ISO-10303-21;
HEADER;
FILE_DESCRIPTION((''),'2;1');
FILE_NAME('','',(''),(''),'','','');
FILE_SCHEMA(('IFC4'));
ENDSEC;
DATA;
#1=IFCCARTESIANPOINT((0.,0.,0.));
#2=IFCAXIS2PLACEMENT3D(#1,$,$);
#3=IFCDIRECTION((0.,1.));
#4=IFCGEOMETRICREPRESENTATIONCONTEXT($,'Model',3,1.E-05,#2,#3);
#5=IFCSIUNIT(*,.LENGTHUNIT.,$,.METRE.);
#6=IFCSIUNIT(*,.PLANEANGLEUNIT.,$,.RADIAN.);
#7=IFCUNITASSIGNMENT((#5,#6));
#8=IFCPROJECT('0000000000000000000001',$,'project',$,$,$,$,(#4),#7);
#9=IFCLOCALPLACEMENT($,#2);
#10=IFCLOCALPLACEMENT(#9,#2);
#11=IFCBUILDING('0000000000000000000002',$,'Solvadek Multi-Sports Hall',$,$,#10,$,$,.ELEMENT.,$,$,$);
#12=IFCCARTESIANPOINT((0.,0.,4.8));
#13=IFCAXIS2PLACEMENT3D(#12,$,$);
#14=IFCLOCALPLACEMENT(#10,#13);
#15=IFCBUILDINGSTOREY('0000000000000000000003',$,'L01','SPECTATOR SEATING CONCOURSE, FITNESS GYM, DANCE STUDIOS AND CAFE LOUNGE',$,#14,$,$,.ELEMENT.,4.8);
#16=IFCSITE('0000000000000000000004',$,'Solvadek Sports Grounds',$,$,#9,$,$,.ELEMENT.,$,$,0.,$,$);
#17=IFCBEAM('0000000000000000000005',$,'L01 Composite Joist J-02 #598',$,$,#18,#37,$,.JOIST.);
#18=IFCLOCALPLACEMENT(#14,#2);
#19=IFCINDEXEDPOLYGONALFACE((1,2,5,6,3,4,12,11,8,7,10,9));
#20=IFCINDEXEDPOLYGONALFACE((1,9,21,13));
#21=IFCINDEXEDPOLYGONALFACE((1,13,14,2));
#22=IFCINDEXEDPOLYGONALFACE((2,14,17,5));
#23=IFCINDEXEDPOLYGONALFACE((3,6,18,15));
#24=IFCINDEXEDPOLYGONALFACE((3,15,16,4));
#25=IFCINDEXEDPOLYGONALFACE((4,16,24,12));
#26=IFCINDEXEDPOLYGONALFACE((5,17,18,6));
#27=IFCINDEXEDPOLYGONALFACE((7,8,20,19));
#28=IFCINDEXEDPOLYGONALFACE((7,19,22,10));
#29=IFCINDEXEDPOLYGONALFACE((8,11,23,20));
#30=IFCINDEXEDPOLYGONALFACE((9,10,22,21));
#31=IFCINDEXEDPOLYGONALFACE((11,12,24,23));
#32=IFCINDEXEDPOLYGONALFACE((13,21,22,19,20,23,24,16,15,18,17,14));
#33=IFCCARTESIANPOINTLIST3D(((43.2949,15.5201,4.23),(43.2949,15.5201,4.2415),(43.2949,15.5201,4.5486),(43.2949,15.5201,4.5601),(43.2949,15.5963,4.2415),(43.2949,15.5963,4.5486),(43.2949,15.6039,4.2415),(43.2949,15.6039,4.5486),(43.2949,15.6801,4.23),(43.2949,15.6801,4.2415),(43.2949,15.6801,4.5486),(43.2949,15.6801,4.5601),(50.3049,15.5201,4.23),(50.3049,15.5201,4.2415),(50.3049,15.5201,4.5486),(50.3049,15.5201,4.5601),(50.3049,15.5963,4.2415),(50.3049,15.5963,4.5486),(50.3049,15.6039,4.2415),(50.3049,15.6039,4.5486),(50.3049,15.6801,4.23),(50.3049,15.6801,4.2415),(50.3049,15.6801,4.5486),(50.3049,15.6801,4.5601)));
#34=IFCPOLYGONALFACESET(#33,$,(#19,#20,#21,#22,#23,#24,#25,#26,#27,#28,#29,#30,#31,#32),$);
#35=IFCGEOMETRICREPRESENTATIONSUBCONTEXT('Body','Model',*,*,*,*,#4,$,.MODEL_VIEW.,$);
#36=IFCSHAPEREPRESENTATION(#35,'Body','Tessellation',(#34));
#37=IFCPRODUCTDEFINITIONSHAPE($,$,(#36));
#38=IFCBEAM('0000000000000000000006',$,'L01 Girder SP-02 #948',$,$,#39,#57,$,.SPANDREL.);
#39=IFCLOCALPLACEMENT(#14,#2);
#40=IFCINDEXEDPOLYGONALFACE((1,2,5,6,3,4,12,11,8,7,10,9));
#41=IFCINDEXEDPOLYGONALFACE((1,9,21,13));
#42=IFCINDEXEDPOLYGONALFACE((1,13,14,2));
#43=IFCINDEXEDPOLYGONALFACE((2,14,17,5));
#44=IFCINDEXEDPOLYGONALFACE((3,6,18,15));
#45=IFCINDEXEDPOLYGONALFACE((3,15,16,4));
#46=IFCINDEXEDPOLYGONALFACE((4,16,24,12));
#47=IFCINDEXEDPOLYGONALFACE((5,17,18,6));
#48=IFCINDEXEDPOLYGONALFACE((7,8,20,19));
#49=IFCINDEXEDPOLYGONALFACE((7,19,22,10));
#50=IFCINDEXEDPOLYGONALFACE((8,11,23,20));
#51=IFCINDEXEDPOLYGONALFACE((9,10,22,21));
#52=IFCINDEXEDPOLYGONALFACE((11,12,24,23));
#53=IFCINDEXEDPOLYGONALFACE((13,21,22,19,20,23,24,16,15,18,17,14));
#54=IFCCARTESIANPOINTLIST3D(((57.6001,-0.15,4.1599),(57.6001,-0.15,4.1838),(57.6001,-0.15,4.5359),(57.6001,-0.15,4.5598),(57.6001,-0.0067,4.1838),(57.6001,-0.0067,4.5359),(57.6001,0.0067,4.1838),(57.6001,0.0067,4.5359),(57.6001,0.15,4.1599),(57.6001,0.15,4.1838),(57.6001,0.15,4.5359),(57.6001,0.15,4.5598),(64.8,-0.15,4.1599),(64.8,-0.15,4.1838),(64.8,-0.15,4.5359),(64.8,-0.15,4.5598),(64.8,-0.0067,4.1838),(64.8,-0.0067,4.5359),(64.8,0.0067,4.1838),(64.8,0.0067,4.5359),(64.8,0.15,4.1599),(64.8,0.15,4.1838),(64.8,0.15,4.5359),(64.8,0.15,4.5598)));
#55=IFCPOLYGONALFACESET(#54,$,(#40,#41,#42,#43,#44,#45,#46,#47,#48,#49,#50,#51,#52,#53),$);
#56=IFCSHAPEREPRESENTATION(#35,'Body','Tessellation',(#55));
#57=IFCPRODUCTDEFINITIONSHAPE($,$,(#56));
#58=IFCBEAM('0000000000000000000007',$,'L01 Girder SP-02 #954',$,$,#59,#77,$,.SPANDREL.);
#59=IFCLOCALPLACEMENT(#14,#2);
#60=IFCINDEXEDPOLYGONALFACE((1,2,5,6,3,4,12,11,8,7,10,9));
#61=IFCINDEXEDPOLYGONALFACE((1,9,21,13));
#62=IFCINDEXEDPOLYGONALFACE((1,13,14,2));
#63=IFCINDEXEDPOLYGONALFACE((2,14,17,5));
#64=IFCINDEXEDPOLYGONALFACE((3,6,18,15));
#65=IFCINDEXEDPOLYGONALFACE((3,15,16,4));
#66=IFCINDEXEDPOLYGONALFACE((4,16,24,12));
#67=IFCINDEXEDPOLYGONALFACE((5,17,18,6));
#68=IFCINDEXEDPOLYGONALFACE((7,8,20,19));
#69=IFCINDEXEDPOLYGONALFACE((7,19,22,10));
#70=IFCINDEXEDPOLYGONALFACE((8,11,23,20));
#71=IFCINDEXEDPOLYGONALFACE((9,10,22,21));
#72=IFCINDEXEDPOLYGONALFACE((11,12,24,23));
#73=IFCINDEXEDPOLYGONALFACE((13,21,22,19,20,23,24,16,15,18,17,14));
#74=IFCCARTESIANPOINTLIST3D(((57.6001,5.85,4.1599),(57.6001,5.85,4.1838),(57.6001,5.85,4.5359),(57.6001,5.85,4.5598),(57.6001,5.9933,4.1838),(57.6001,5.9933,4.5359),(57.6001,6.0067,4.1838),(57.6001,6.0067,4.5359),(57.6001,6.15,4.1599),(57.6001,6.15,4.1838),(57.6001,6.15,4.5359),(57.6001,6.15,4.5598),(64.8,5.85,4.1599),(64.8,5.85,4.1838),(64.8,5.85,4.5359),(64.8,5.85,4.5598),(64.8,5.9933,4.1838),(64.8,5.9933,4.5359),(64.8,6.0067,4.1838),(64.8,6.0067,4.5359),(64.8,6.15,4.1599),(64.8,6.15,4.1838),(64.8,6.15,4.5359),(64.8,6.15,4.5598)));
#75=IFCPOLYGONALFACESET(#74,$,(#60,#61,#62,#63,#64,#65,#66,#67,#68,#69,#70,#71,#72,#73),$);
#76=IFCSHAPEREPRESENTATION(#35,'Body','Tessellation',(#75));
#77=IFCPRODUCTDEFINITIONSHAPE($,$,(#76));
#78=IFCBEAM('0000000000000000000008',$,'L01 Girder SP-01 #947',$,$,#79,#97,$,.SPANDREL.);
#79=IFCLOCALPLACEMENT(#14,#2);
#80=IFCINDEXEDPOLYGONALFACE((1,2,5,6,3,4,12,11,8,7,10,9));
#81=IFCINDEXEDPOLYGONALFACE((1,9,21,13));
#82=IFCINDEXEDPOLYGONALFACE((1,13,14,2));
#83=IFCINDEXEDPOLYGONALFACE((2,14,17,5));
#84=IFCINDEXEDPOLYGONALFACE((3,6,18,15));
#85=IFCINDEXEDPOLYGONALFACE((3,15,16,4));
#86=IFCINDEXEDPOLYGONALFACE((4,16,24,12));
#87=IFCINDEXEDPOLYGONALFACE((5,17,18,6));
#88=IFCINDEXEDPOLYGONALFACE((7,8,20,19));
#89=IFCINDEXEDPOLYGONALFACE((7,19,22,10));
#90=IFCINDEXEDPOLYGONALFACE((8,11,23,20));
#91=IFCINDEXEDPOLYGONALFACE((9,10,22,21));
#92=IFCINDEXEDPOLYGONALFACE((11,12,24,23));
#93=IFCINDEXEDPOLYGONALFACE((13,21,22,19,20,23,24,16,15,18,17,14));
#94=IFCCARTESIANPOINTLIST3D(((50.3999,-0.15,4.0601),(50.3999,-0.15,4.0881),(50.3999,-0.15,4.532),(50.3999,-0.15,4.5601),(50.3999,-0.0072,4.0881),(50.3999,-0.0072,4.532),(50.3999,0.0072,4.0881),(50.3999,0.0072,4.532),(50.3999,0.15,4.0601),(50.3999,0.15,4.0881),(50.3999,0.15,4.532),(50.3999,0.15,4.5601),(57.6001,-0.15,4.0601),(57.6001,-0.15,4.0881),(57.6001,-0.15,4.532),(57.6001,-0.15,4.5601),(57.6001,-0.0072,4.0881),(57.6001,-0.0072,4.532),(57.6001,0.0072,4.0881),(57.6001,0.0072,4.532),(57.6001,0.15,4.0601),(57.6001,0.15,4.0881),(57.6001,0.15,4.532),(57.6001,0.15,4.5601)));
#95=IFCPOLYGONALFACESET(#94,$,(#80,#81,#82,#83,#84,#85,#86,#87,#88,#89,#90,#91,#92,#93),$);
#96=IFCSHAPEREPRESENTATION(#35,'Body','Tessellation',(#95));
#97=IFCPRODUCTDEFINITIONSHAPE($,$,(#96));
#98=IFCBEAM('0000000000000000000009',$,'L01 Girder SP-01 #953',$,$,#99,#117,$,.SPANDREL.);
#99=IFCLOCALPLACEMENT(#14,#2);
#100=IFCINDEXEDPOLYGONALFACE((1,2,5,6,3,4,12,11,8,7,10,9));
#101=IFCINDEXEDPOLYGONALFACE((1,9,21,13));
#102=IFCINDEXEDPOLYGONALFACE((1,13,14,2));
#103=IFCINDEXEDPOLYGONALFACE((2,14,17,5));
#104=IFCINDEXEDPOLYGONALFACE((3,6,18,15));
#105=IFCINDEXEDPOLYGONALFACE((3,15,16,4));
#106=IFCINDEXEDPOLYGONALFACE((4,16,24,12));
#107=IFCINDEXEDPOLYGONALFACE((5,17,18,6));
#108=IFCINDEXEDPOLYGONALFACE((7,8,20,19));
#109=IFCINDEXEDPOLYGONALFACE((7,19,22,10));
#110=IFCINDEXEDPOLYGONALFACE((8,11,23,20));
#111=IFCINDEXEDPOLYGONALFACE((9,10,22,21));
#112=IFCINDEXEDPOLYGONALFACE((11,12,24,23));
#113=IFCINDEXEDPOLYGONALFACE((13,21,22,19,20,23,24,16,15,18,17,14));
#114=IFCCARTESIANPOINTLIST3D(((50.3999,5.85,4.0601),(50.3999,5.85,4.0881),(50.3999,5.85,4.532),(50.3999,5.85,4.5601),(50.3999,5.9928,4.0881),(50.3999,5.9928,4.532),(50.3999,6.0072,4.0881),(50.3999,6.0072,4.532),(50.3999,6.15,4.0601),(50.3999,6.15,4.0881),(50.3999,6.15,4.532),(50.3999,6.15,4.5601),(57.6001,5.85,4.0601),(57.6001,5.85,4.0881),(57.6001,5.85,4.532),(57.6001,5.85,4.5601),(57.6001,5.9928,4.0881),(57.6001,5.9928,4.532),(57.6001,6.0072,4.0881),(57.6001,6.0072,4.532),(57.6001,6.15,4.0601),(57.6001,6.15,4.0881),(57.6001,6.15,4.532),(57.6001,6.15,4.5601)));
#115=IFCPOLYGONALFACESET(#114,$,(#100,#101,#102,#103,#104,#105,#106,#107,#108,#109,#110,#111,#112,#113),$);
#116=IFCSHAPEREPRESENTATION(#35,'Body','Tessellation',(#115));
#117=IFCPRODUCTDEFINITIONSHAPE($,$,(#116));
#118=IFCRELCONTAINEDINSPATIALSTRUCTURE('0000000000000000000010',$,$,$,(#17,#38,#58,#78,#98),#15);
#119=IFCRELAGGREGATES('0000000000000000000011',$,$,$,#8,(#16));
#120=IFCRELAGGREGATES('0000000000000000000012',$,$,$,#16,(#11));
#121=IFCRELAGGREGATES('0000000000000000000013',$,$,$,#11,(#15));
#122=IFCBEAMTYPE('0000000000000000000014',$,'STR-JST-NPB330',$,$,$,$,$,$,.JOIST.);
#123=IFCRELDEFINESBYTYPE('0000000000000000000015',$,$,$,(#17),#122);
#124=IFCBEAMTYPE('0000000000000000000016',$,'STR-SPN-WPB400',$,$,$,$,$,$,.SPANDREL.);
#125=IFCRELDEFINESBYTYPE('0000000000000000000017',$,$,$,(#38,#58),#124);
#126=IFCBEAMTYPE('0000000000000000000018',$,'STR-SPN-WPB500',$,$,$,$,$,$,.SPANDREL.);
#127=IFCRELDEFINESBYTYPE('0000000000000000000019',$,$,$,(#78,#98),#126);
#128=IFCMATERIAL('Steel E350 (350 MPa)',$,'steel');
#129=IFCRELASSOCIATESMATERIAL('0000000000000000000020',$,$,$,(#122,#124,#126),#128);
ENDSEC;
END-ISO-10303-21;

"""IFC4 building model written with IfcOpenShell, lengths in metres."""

from ifc_helpers import new_model, si_unit, direction, frame, origin, origin_2d, place, context, subcontext, project, spatial, i_section, extrude, material, material_profile, profile_set, type_object, element, save


model = new_model("IFC4")

# Units and contexts
model_context = context("Model", 3, precision=1e-05, world=origin(), true_north=direction((0.0, 1.0)))
body_context = subcontext(model_context, "Body", "Model", "MODEL_VIEW")
ifc_project = project(units=[si_unit("LENGTHUNIT", "METRE"), si_unit("PLANEANGLEUNIT", "RADIAN")], contexts=[model_context])

# Site, building, storey
site_placement = place(None, origin())
site = spatial("IfcSite", under=ifc_project, at=site_placement, Name="Solvadek Sports Grounds", CompositionType="ELEMENT", RefElevation=0.0)
building_placement = place(site_placement, origin())
building = spatial("IfcBuilding", under=site, at=building_placement, Name="Solvadek Multi-Sports Hall", CompositionType="ELEMENT")
storey_placement = place(building_placement, frame((0.0, 0.0, 4.8)))
storey = spatial("IfcBuildingStorey", under=building, at=storey_placement, Name="L01", Description="SPECTATOR SEATING CONCOURSE, FITNESS GYM, DANCE STUDIOS AND CAFE LOUNGE", CompositionType="ELEMENT", Elevation=4.8)

# Shared definitions
ifc_material = material(Name="Steel E350 (350 MPa)", Category="steel")

# Beams
ifc_material_profile_1 = material_profile(ifc_material, i_section(OverallWidth=0.1599, OverallDepth=0.3301, WebThickness=0.0076, FlangeThickness=0.0115, at=origin_2d()), Name="NPB 330")
ifc_profile_set_1 = profile_set([ifc_material_profile_1], Name="Steel E350 (350 MPa)")
beam_type_1 = type_object("IfcBeamType", Name="STR-JST-NPB330", PredefinedType="JOIST", material=ifc_profile_set_1)
beam_1_placement = place(storey_placement, frame((43.2949, 15.6001, 4.395), z_axis=(1.0, 0.0, 0.0), x_axis=(0.0, 1.0, 0.0)))
element("IfcBeam", 1, at=beam_1_placement, inside=storey, type_object=beam_type_1, Name="L01 Composite Joist J-02 #598", PredefinedType="JOIST", context=body_context, shape_type="SweptSolid", body=[
    extrude(i_section(OverallWidth=0.1599, OverallDepth=0.3301, WebThickness=0.0076, FlangeThickness=0.0115, at=origin_2d()), origin(), (0.0, 0.0, 1.0), 7.01),
])
ifc_material_profile_2 = material_profile(ifc_material, i_section(OverallWidth=0.3, OverallDepth=0.3999, WebThickness=0.0134, FlangeThickness=0.0239, at=origin_2d()), Name="WPB 400")
ifc_profile_set_2 = profile_set([ifc_material_profile_2], Name="Steel E350 (350 MPa)")
beam_type_2 = type_object("IfcBeamType", Name="STR-SPN-WPB400", PredefinedType="SPANDREL", material=ifc_profile_set_2)
for number, where, z_axis, x_axis, name in (
    (2, (57.6001, 0.0, 4.3599), (1.0, 0.0, 0.0), (0.0, 1.0, 0.0), "L01 Girder SP-02 #948"),
    (3, (57.6001, 6.0, 4.3599), (1.0, 0.0, 0.0), (0.0, 1.0, 0.0), "L01 Girder SP-02 #954"),
):
    element("IfcBeam", number, at=place(storey_placement, frame(where, z_axis=z_axis, x_axis=x_axis)), inside=storey, type_object=beam_type_2, Name=name, PredefinedType="SPANDREL", context=body_context, shape_type="SweptSolid", body=[
        extrude(i_section(OverallWidth=0.3, OverallDepth=0.3999, WebThickness=0.0134, FlangeThickness=0.0239, at=origin_2d()), origin(), (0.0, 0.0, 1.0), 7.2),
    ])
ifc_material_profile_3 = material_profile(ifc_material, i_section(OverallWidth=0.3, OverallDepth=0.5, WebThickness=0.0144, FlangeThickness=0.0281, at=origin_2d()), Name="WPB 500")
ifc_profile_set_3 = profile_set([ifc_material_profile_3], Name="Steel E350 (350 MPa)")
beam_type_3 = type_object("IfcBeamType", Name="STR-SPN-WPB500", PredefinedType="SPANDREL", material=ifc_profile_set_3)
for number, where, z_axis, x_axis, name in (
    (4, (50.3999, 0.0, 4.3101), (1.0, 0.0, 0.0), (0.0, 1.0, 0.0), "L01 Girder SP-01 #947"),
    (5, (50.3999, 6.0, 4.3101), (1.0, 0.0, 0.0), (0.0, 1.0, 0.0), "L01 Girder SP-01 #953"),
):
    element("IfcBeam", number, at=place(storey_placement, frame(where, z_axis=z_axis, x_axis=x_axis)), inside=storey, type_object=beam_type_3, Name=name, PredefinedType="SPANDREL", context=body_context, shape_type="SweptSolid", body=[
        extrude(i_section(OverallWidth=0.3, OverallDepth=0.5, WebThickness=0.0144, FlangeThickness=0.0281, at=origin_2d()), origin(), (0.0, 0.0, 1.0), 7.2002),
    ])

save(model, "model.ifc")
